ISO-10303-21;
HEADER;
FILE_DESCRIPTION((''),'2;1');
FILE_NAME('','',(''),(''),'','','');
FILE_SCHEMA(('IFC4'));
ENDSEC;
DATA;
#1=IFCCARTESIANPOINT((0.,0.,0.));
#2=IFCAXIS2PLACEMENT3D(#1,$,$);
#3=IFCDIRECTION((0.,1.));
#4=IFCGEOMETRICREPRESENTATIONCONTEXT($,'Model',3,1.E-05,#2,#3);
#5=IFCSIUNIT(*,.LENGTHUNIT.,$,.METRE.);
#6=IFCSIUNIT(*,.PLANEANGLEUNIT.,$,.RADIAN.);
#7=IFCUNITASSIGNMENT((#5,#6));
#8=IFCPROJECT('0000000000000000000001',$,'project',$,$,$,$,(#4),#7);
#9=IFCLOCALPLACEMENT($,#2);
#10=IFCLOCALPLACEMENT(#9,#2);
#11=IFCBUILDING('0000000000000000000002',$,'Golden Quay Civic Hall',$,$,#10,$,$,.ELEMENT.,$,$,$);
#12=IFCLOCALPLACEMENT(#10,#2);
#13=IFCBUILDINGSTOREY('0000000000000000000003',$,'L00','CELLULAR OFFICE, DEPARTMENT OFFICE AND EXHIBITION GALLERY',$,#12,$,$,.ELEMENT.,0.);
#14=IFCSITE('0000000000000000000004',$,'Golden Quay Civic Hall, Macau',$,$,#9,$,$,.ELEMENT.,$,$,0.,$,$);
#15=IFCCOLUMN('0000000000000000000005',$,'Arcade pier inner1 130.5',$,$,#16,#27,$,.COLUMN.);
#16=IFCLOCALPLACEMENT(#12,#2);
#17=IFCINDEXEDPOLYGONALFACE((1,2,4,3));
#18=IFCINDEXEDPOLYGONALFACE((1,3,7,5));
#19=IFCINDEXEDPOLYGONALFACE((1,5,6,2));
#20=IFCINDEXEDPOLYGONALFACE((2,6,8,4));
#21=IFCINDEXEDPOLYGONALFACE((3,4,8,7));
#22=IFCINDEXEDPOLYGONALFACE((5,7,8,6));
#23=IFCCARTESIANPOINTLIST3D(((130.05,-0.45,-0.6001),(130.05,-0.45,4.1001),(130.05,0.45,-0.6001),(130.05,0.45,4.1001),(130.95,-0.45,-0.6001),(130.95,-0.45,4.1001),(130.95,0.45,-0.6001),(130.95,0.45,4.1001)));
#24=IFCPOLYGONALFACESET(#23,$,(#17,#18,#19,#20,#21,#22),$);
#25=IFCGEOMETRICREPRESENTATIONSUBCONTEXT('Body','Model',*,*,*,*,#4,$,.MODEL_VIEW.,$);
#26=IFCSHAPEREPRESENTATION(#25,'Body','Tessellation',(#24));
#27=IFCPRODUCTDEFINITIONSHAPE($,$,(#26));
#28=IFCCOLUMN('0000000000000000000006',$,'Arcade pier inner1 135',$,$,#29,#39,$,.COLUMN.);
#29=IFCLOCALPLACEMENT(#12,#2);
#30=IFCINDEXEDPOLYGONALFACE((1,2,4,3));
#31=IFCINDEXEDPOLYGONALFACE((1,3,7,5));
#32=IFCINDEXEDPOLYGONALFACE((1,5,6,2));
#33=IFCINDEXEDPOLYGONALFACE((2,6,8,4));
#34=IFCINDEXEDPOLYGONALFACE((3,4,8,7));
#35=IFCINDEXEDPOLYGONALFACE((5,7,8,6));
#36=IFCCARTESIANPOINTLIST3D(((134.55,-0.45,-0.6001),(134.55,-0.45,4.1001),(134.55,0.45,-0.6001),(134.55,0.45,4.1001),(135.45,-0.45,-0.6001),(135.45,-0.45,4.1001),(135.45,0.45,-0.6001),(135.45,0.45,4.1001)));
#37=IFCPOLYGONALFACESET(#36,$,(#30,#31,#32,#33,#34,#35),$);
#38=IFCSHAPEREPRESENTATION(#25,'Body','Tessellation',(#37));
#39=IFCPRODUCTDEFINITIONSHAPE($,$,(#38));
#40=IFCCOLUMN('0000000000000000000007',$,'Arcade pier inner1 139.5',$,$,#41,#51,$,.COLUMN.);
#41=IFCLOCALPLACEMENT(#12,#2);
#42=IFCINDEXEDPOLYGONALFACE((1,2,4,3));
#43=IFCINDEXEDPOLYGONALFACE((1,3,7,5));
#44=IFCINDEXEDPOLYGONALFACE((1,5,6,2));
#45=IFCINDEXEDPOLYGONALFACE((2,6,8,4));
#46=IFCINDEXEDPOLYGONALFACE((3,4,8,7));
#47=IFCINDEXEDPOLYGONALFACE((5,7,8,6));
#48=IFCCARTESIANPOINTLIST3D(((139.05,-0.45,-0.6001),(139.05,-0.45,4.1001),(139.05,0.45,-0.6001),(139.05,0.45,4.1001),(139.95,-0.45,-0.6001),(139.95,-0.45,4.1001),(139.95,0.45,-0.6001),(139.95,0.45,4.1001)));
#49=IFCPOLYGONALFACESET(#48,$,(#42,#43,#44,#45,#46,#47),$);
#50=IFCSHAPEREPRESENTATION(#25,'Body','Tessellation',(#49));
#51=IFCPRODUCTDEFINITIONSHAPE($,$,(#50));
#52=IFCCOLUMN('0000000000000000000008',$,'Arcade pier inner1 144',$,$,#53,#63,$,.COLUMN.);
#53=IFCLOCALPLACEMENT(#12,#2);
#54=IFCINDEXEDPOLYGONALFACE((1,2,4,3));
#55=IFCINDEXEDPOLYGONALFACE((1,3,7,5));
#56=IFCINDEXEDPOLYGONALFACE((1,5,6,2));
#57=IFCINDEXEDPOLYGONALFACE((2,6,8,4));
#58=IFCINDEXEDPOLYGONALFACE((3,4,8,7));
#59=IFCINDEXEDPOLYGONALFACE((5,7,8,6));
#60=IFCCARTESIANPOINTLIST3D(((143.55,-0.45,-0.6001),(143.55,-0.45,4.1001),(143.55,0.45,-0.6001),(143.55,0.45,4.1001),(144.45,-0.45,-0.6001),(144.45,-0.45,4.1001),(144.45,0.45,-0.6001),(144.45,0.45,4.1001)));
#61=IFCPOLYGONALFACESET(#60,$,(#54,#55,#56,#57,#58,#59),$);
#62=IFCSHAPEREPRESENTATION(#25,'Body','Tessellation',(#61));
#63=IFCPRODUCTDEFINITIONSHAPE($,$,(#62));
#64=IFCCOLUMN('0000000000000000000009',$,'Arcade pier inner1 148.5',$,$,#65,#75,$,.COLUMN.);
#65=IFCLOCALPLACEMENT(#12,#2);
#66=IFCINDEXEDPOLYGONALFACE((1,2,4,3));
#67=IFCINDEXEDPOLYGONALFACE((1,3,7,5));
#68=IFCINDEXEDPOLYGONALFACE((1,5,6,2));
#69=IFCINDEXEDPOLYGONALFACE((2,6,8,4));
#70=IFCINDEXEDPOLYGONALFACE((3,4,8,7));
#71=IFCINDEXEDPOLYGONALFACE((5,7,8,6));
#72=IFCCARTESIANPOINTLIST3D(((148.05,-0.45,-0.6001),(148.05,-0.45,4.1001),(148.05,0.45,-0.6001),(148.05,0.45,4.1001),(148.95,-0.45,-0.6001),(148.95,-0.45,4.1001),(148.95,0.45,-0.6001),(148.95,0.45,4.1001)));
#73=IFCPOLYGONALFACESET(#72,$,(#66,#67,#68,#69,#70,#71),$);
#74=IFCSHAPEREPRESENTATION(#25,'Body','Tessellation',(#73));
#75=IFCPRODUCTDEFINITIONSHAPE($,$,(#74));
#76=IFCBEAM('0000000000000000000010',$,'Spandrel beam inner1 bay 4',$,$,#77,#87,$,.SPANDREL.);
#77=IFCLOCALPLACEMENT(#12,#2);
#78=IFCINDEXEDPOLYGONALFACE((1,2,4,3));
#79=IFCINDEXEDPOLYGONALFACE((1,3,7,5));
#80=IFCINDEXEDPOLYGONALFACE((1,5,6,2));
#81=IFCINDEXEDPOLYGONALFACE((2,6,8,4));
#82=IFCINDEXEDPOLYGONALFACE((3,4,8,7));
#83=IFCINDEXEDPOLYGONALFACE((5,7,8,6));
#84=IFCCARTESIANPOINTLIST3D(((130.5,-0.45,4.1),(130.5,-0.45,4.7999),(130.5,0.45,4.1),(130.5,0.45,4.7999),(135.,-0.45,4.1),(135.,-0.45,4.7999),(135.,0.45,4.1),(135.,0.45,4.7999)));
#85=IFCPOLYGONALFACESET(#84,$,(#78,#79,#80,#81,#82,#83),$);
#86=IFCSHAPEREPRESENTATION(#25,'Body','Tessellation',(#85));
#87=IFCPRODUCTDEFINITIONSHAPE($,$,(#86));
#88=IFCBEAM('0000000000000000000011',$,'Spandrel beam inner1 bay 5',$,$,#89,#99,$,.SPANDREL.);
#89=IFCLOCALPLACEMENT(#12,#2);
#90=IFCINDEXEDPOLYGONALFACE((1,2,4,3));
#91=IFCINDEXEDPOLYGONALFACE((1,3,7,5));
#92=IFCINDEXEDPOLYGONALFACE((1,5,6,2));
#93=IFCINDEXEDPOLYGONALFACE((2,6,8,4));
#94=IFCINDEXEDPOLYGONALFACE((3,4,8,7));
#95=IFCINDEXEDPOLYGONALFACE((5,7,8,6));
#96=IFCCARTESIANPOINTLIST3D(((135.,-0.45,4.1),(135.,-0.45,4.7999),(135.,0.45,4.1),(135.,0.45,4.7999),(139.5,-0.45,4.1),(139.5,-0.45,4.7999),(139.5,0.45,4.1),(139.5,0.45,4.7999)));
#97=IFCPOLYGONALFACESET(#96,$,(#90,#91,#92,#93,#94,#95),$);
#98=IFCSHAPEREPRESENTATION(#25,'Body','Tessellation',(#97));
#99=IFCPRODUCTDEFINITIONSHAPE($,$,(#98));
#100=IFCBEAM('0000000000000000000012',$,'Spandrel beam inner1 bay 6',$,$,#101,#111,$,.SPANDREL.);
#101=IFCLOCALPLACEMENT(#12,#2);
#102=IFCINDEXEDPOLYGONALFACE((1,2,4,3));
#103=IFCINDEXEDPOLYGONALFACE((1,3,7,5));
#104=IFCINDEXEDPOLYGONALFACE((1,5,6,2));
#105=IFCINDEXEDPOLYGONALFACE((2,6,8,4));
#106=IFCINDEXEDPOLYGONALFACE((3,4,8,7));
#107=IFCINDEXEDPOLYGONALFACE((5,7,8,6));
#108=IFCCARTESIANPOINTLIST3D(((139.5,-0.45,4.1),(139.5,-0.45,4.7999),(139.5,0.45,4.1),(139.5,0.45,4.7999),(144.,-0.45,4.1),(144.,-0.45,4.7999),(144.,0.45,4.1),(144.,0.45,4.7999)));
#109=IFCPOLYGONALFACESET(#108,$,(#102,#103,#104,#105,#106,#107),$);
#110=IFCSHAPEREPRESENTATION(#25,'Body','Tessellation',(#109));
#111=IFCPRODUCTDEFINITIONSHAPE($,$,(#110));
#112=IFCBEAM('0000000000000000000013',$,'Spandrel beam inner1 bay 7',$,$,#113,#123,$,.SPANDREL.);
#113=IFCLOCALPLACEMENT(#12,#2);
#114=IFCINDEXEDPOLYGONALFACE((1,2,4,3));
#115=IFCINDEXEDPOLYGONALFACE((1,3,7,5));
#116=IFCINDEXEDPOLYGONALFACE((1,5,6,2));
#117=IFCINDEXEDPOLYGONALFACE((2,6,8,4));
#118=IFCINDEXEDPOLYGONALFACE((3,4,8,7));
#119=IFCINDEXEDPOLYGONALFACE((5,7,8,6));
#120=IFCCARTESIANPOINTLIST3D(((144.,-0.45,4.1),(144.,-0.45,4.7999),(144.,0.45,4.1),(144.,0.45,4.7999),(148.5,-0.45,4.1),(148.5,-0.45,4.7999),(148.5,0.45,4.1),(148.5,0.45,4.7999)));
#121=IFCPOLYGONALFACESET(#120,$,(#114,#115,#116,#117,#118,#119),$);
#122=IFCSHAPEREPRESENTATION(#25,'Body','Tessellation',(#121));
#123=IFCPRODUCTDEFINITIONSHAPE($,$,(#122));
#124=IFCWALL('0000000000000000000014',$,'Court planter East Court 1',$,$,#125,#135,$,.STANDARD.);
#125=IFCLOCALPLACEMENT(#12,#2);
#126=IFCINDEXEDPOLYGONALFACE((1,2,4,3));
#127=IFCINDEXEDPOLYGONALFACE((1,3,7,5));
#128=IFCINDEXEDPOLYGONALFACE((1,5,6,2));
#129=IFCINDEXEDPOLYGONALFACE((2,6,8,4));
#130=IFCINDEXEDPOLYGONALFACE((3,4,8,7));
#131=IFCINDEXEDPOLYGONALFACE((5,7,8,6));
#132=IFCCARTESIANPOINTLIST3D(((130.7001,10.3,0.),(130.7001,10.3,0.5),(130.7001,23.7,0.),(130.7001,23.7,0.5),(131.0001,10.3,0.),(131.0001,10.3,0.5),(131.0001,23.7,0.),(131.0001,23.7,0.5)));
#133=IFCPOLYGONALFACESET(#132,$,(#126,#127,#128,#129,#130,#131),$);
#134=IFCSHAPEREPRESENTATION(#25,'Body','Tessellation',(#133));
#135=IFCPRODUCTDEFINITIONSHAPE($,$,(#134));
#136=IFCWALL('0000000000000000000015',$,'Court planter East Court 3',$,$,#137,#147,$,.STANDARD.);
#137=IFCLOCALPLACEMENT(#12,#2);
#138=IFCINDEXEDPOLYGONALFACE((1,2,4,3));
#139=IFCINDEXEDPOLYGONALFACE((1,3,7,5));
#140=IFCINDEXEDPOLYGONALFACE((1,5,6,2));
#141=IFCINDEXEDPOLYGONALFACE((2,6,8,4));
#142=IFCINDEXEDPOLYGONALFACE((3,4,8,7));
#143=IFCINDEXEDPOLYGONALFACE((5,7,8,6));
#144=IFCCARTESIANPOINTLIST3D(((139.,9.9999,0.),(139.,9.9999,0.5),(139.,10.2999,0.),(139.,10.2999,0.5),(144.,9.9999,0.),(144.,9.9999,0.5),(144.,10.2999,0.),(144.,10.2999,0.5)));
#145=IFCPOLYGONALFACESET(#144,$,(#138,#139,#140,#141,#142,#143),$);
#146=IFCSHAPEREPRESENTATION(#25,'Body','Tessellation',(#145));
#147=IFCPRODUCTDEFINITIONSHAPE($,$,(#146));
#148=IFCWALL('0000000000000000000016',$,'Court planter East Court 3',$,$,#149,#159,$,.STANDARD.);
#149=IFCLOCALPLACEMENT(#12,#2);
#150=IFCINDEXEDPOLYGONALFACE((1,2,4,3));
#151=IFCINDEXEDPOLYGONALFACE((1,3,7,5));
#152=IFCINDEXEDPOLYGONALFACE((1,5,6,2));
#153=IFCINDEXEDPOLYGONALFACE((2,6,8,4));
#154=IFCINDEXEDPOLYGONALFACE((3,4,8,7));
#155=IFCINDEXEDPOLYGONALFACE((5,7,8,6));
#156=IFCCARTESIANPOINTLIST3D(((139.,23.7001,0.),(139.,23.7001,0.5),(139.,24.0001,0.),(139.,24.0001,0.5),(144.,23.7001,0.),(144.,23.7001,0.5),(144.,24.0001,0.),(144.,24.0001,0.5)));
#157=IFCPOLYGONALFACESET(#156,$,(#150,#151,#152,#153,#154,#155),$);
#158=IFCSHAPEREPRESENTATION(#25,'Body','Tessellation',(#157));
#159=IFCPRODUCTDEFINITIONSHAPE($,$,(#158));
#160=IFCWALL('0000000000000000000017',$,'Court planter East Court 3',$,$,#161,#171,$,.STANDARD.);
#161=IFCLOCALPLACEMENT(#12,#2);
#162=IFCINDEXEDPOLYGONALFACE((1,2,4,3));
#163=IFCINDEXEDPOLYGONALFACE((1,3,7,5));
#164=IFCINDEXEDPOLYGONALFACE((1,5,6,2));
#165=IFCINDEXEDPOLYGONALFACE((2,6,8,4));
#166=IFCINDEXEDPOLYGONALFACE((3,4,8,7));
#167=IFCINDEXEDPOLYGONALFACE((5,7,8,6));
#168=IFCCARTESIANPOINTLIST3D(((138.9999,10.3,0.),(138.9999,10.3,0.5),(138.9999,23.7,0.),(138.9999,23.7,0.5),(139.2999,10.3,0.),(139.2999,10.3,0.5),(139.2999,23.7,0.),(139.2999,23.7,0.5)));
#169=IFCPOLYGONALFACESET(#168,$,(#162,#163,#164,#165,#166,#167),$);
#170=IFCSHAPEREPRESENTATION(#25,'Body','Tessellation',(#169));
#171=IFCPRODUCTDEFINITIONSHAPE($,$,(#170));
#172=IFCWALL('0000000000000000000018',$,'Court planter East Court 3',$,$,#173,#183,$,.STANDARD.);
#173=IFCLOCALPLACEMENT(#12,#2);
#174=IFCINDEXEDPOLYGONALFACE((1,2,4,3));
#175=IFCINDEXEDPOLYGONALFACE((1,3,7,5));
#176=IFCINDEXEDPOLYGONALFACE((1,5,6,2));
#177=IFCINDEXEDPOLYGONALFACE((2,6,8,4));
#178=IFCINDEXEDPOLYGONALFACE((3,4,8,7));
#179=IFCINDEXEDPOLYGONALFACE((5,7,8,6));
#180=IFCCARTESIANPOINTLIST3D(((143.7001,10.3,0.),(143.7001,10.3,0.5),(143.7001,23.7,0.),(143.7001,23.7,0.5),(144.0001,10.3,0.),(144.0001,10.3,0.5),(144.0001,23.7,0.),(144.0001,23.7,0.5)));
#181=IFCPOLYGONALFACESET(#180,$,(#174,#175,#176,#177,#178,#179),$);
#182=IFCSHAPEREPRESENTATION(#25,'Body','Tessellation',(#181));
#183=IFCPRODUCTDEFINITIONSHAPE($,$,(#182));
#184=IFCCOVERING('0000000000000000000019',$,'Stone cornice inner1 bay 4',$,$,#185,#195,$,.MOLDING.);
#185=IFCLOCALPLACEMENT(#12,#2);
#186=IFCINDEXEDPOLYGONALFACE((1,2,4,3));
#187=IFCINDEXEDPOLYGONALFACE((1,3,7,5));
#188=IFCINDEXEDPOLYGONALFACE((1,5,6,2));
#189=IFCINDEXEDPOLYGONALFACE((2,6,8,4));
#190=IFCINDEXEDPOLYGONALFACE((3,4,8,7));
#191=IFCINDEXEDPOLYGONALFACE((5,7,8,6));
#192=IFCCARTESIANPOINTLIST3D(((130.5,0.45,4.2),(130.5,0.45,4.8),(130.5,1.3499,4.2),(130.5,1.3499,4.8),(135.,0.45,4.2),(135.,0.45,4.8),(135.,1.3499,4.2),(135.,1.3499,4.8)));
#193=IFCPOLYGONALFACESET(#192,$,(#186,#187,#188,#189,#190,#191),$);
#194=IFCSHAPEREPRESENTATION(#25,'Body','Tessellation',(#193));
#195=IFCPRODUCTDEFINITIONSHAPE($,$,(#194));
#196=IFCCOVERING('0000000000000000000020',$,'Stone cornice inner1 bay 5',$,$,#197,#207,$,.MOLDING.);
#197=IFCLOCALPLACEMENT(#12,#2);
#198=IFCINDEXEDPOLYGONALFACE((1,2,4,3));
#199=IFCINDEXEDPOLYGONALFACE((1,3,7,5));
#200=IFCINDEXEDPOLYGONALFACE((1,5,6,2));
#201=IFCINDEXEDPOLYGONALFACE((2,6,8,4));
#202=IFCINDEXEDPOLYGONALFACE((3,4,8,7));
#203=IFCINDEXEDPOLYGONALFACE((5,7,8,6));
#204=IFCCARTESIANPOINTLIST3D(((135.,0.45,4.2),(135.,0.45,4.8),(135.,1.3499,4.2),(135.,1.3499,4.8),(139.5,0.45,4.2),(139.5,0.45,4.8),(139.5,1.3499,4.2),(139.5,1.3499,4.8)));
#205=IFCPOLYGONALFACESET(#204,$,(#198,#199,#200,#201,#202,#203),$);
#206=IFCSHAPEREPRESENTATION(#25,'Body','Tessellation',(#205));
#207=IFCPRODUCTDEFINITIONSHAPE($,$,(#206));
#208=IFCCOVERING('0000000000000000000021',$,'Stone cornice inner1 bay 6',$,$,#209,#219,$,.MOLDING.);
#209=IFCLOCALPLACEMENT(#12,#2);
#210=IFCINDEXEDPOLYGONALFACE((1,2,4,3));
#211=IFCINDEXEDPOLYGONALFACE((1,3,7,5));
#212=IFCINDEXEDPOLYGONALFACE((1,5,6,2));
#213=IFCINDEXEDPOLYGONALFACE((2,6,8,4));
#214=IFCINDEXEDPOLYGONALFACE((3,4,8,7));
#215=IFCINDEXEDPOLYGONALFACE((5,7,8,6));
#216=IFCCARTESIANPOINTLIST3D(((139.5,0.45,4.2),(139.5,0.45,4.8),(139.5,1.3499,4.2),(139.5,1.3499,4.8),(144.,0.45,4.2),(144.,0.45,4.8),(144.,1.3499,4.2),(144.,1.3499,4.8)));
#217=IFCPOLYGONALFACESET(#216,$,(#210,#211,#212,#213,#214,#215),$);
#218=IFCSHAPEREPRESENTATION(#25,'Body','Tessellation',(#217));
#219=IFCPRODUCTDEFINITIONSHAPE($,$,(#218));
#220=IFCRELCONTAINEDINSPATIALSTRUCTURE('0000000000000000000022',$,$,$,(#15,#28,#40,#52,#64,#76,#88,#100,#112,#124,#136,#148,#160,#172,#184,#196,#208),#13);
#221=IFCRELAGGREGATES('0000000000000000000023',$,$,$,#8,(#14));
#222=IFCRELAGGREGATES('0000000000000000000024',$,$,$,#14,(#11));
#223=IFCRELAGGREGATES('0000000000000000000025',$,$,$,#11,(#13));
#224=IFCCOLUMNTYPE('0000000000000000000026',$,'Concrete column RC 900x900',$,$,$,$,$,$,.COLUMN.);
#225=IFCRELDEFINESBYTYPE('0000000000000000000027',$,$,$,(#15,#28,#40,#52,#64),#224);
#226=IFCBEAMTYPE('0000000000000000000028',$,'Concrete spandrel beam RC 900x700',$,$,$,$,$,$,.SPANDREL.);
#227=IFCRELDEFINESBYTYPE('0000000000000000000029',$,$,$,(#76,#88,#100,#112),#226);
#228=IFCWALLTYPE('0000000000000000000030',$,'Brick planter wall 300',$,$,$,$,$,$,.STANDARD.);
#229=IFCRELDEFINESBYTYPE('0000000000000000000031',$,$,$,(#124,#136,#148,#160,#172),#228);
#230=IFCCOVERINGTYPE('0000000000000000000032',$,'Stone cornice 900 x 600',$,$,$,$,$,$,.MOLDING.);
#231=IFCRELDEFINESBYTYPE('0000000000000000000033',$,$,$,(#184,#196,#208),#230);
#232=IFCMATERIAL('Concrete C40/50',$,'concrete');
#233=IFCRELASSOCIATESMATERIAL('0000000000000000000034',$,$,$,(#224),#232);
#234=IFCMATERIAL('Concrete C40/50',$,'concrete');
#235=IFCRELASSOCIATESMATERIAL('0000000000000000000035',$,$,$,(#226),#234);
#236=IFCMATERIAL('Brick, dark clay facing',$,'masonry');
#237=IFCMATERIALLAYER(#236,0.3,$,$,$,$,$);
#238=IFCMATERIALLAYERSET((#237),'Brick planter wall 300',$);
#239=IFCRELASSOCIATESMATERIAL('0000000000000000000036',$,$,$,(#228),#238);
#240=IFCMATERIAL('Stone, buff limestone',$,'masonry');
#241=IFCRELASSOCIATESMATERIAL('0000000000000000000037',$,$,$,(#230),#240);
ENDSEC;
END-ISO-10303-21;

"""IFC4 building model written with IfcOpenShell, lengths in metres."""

from ifc_helpers import new_model, si_unit, direction, frame, frame_2d, origin, origin_2d, place, context, subcontext, project, spatial, rectangle, extrude, material, layer, layer_set, material_profile, profile_set, type_object, element, save


model = new_model("IFC4")

# Units and contexts
model_context = context("Model", 3, precision=1e-05, world=origin(), true_north=direction((0.0, 1.0)))
body_context = subcontext(model_context, "Body", "Model", "MODEL_VIEW")
ifc_project = project(units=[si_unit("LENGTHUNIT", "METRE"), si_unit("PLANEANGLEUNIT", "RADIAN")], contexts=[model_context])

# Site, building, storey
site_placement = place(None, origin())
site = spatial("IfcSite", under=ifc_project, at=site_placement, Name="Golden Quay Civic Hall, Macau", CompositionType="ELEMENT", RefElevation=0.0)
building_placement = place(site_placement, origin())
building = spatial("IfcBuilding", under=site, at=building_placement, Name="Golden Quay Civic Hall", CompositionType="ELEMENT")
storey_placement = place(building_placement, origin())
storey = spatial("IfcBuildingStorey", under=building, at=storey_placement, Name="L00", Description="CELLULAR OFFICE, DEPARTMENT OFFICE AND EXHIBITION GALLERY", CompositionType="ELEMENT", Elevation=0.0)

# Columns
ifc_material_1 = material(Name="Concrete C40/50", Category="concrete")
ifc_material_profile_1 = material_profile(ifc_material_1, rectangle(XDim=0.8999, YDim=0.8999, at=origin_2d()), Name="RC 900x900")
ifc_profile_set_1 = profile_set([ifc_material_profile_1], Name="Concrete C40/50")
column_type = type_object("IfcColumnType", Name="Concrete column RC 900x900", PredefinedType="COLUMN", material=ifc_profile_set_1)
for number, where, z_axis, x_axis, name in (
    (1, (130.5, 0.0, -0.6001), (0.0, 0.0, 1.0), (1.0, 0.0, 0.0), "Arcade pier inner1 130.5"),
    (2, (135.0, 0.0, -0.6001), (0.0, 0.0, 1.0), (1.0, 0.0, 0.0), "Arcade pier inner1 135"),
    (3, (139.5, 0.0, -0.6001), (0.0, 0.0, 1.0), (1.0, 0.0, 0.0), "Arcade pier inner1 139.5"),
    (4, (144.0, 0.0, -0.6001), (0.0, 0.0, 1.0), (1.0, 0.0, 0.0), "Arcade pier inner1 144"),
    (5, (148.5, 0.0, -0.6001), (0.0, 0.0, 1.0), (1.0, 0.0, 0.0), "Arcade pier inner1 148.5"),
):
    element("IfcColumn", number, at=place(storey_placement, frame(where, z_axis=z_axis, x_axis=x_axis)), inside=storey, type_object=column_type, Name=name, PredefinedType="COLUMN", context=body_context, shape_type="SweptSolid", body=[
        extrude(rectangle(XDim=0.8999, YDim=0.8999, at=origin_2d()), origin(), (0.0, 0.0, 1.0), 4.7002),
    ])

# Beams
ifc_material_2 = material(Name="Concrete C40/50", Category="concrete")
ifc_material_profile_2 = material_profile(ifc_material_2, rectangle(XDim=0.8999, YDim=0.7, at=origin_2d()), Name="RC 900x700")
ifc_profile_set_2 = profile_set([ifc_material_profile_2], Name="Concrete C40/50")
beam_type = type_object("IfcBeamType", Name="Concrete spandrel beam RC 900x700", PredefinedType="SPANDREL", material=ifc_profile_set_2)
for number, where, z_axis, x_axis, name in (
    (6, (130.5, 0.0, 4.45), (1.0, 0.0, 0.0), (0.0, 1.0, 0.0), "Spandrel beam inner1 bay 4"),
    (7, (135.0, 0.0, 4.45), (1.0, 0.0, 0.0), (0.0, 1.0, 0.0), "Spandrel beam inner1 bay 5"),
    (8, (139.5, 0.0, 4.45), (1.0, 0.0, 0.0), (0.0, 1.0, 0.0), "Spandrel beam inner1 bay 6"),
    (9, (144.0, 0.0, 4.45), (1.0, 0.0, 0.0), (0.0, 1.0, 0.0), "Spandrel beam inner1 bay 7"),
):
    element("IfcBeam", number, at=place(storey_placement, frame(where, z_axis=z_axis, x_axis=x_axis)), inside=storey, type_object=beam_type, Name=name, PredefinedType="SPANDREL", context=body_context, shape_type="SweptSolid", body=[
        extrude(rectangle(XDim=0.8999, YDim=0.7, at=origin_2d()), origin(), (0.0, 0.0, 1.0), 4.5),
    ])

# Walls
ifc_material_3 = material(Name="Brick, dark clay facing", Category="masonry")
ifc_layer = layer(ifc_material_3, 0.3)
ifc_layer_set = layer_set([ifc_layer], Name="Brick planter wall 300")
wall_type = type_object("IfcWallType", Name="Brick planter wall 300", PredefinedType="STANDARD", material=ifc_layer_set)
wall_placement = place(storey_placement, frame((130.8501, 10.3, 0.0), z_axis=(0.0, 0.0, 1.0), x_axis=(0.0, 1.0, 0.0)))
element("IfcWall", 10, at=wall_placement, inside=storey, type_object=wall_type, Name="Court planter East Court 1", PredefinedType="STANDARD", context=body_context, shape_type="SweptSolid", body=[
    extrude(rectangle(XDim=13.3999, YDim=0.3, at=frame_2d((6.7, 0.0))), origin(), (0.0, 0.0, 1.0), 0.5),
])
for number, where, z_axis, x_axis, name in (
    (11, (139.0, 10.1499, 0.0), (0.0, 0.0, 1.0), (1.0, 0.0, 0.0), "Court planter East Court 3"),
    (12, (139.0, 23.8501, 0.0), (0.0, 0.0, 1.0), (1.0, 0.0, 0.0), "Court planter East Court 3"),
):
    element("IfcWall", number, at=place(storey_placement, frame(where, z_axis=z_axis, x_axis=x_axis)), inside=storey, type_object=wall_type, Name=name, PredefinedType="STANDARD", context=body_context, shape_type="SweptSolid", body=[
        extrude(rectangle(XDim=5.0, YDim=0.3, at=frame_2d((2.5, 0.0))), origin(), (0.0, 0.0, 1.0), 0.5),
    ])
for number, where, z_axis, x_axis, name in (
    (13, (139.1499, 10.3, 0.0), (0.0, 0.0, 1.0), (0.0, 1.0, 0.0), "Court planter East Court 3"),
    (14, (143.8501, 10.3, 0.0), (0.0, 0.0, 1.0), (0.0, 1.0, 0.0), "Court planter East Court 3"),
):
    element("IfcWall", number, at=place(storey_placement, frame(where, z_axis=z_axis, x_axis=x_axis)), inside=storey, type_object=wall_type, Name=name, PredefinedType="STANDARD", context=body_context, shape_type="SweptSolid", body=[
        extrude(rectangle(XDim=13.3999, YDim=0.3, at=frame_2d((6.7, 0.0))), origin(), (0.0, 0.0, 1.0), 0.5),
    ])

# Coverings
ifc_material_4 = material(Name="Stone, buff limestone", Category="masonry")
ifc_material_profile_3 = material_profile(ifc_material_4, rectangle(XDim=0.8999, YDim=0.6001, at=origin_2d()), Name="RC 900x600")
ifc_profile_set_3 = profile_set([ifc_material_profile_3], Name="Stone, buff limestone")
covering_type_1 = type_object("IfcCoveringType", Name="Stone cornice 900 x 600", PredefinedType="MOLDING", material=ifc_profile_set_3)
for number, where, z_axis, x_axis, name in (
    (15, (130.5, 0.8999, 4.5), (1.0, 0.0, 0.0), (0.0, 1.0, 0.0), "Stone cornice inner1 bay 4"),
    (16, (135.0, 0.8999, 4.5), (1.0, 0.0, 0.0), (0.0, 1.0, 0.0), "Stone cornice inner1 bay 5"),
    (17, (139.5, 0.8999, 4.5), (1.0, 0.0, 0.0), (0.0, 1.0, 0.0), "Stone cornice inner1 bay 6"),
):
    element("IfcCovering", number, at=place(storey_placement, frame(where, z_axis=z_axis, x_axis=x_axis)), inside=storey, type_object=covering_type_1, Name=name, PredefinedType="MOLDING", context=body_context, shape_type="SweptSolid", body=[
        extrude(rectangle(XDim=0.8999, YDim=0.6001, at=origin_2d()), origin(), (0.0, 0.0, 1.0), 4.5),
    ])

save(model, "model.ifc")
